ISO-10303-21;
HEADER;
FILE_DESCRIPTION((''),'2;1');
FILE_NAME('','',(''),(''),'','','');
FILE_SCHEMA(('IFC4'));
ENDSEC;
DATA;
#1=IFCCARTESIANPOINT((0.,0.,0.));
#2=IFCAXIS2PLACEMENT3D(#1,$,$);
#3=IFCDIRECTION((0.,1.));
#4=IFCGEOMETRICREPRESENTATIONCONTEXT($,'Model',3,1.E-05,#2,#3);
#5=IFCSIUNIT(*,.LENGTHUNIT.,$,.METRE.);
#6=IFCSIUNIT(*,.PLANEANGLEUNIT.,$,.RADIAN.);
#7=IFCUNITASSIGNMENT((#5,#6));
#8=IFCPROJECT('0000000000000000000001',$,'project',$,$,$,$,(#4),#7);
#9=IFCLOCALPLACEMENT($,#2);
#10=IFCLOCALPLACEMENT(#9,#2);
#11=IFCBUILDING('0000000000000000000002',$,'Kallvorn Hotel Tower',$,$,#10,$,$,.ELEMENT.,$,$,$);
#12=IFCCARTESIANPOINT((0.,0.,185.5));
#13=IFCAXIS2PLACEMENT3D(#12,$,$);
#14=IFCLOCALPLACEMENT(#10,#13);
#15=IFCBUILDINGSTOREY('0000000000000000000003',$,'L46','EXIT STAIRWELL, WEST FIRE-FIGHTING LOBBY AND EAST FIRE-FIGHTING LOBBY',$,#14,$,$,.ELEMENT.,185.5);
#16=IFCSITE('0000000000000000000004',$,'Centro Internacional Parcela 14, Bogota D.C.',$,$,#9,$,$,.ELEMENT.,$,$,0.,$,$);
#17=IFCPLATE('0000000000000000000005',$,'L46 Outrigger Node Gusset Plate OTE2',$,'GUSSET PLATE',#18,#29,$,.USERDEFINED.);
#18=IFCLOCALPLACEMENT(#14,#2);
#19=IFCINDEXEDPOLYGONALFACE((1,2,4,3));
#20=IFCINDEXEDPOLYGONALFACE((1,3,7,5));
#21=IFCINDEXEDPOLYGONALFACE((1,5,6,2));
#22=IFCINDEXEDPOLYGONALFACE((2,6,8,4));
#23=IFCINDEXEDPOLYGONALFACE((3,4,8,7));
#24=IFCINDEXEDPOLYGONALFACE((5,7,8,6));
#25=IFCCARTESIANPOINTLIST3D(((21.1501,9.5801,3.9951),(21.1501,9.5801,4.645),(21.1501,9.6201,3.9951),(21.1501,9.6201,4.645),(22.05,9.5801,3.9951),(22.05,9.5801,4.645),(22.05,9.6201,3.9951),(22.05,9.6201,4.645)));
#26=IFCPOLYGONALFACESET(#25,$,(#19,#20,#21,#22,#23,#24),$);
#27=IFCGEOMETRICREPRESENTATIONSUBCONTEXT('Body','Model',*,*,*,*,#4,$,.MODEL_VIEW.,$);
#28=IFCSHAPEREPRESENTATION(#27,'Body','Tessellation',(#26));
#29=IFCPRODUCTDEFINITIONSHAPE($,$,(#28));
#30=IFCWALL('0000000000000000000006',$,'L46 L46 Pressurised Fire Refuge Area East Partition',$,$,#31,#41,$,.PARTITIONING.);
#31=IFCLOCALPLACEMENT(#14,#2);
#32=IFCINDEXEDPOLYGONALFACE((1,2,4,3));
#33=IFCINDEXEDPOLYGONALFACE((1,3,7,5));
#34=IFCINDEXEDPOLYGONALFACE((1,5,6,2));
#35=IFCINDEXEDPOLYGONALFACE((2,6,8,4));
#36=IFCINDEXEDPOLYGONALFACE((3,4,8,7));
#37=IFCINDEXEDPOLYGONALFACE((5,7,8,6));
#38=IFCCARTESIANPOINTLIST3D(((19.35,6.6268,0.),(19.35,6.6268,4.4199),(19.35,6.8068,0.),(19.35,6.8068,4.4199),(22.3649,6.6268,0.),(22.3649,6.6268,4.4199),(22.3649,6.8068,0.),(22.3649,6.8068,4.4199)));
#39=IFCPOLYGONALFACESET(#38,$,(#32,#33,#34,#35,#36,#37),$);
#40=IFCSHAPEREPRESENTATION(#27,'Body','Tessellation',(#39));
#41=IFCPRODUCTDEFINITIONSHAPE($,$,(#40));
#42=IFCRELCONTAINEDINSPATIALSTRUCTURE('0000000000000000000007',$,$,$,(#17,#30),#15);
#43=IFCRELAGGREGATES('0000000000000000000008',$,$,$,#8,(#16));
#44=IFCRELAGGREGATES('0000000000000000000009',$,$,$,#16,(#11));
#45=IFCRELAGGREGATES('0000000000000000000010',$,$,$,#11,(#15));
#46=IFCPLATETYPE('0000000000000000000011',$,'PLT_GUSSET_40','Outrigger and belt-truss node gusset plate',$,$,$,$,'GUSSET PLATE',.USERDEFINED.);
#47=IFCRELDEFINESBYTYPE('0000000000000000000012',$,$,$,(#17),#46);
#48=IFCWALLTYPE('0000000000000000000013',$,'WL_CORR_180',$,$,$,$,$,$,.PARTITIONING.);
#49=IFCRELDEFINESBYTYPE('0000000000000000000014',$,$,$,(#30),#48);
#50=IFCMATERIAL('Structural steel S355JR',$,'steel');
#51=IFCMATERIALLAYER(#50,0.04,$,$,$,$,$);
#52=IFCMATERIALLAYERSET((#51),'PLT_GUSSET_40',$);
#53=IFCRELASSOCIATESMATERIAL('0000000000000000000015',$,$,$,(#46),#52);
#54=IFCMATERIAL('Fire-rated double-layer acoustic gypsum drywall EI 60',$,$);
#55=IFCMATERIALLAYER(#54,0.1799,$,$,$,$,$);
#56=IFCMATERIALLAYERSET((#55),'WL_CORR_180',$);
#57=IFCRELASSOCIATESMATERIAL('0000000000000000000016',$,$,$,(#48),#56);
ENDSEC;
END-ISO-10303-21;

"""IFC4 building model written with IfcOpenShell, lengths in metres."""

from ifc_helpers import new_model, si_unit, direction, frame, frame_2d, origin, origin_2d, place, context, subcontext, project, spatial, rectangle, extrude, material, layer, layer_set, type_object, element, save


model = new_model("IFC4")

# Units and contexts
model_context = context("Model", 3, precision=1e-05, world=origin(), true_north=direction((0.0, 1.0)))
body_context = subcontext(model_context, "Body", "Model", "MODEL_VIEW")
ifc_project = project(units=[si_unit("LENGTHUNIT", "METRE"), si_unit("PLANEANGLEUNIT", "RADIAN")], contexts=[model_context])

# Site, building, storey
site_placement = place(None, origin())
site = spatial("IfcSite", under=ifc_project, at=site_placement, Name="Centro Internacional Parcela 14, Bogota D.C.", CompositionType="ELEMENT", RefElevation=0.0)
building_placement = place(site_placement, origin())
building = spatial("IfcBuilding", under=site, at=building_placement, Name="Kallvorn Hotel Tower", CompositionType="ELEMENT")
storey_placement = place(building_placement, frame((0.0, 0.0, 185.5)))
storey = spatial("IfcBuildingStorey", under=building, at=storey_placement, Name="L46", Description="EXIT STAIRWELL, WEST FIRE-FIGHTING LOBBY AND EAST FIRE-FIGHTING LOBBY", CompositionType="ELEMENT", Elevation=185.5)

# Plate
ifc_material_1 = material(Name="Structural steel S355JR", Category="steel")
ifc_layer_1 = layer(ifc_material_1, 0.04)
ifc_layer_set_1 = layer_set([ifc_layer_1], Name="PLT_GUSSET_40")
plate_type_1 = type_object("IfcPlateType", Name="PLT_GUSSET_40", Description="Outrigger and belt-truss node gusset plate", ElementType="GUSSET PLATE", PredefinedType="USERDEFINED", material=ifc_layer_set_1)
plate_1_placement = place(storey_placement, frame((21.6001, 9.6001, 3.9951), z_axis=(0.0, 0.0, 1.0), x_axis=(1.0, 0.0, 0.0)))
element("IfcPlate", 1, at=plate_1_placement, inside=storey, type_object=plate_type_1, Name="L46 Outrigger Node Gusset Plate OTE2", ObjectType="GUSSET PLATE", PredefinedType="USERDEFINED", context=body_context, shape_type="SweptSolid", body=[
    extrude(rectangle(XDim=0.8999, YDim=0.04, at=origin_2d()), origin(), (0.0, 0.0, 1.0), 0.6499),
])

# Wall
ifc_material_2 = material(Name="Fire-rated double-layer acoustic gypsum drywall EI 60")
ifc_layer_2 = layer(ifc_material_2, 0.1799)
ifc_layer_set_2 = layer_set([ifc_layer_2], Name="WL_CORR_180")
wall_type = type_object("IfcWallType", Name="WL_CORR_180", PredefinedType="PARTITIONING", material=ifc_layer_set_2)
wall_placement = place(storey_placement, frame((19.3501, 6.7168, 0.0), z_axis=(0.0, 0.0, 1.0), x_axis=(1.0, 0.0, 0.0)))
element("IfcWall", 2, at=wall_placement, inside=storey, type_object=wall_type, Name="L46 L46 Pressurised Fire Refuge Area East Partition", PredefinedType="PARTITIONING", context=body_context, shape_type="SweptSolid", body=[
    extrude(rectangle(XDim=3.0149, YDim=0.1799, at=frame_2d((1.5073, 0.0))), origin(), (0.0, 0.0, 1.0), 4.4199),
])

save(model, "model.ifc")
